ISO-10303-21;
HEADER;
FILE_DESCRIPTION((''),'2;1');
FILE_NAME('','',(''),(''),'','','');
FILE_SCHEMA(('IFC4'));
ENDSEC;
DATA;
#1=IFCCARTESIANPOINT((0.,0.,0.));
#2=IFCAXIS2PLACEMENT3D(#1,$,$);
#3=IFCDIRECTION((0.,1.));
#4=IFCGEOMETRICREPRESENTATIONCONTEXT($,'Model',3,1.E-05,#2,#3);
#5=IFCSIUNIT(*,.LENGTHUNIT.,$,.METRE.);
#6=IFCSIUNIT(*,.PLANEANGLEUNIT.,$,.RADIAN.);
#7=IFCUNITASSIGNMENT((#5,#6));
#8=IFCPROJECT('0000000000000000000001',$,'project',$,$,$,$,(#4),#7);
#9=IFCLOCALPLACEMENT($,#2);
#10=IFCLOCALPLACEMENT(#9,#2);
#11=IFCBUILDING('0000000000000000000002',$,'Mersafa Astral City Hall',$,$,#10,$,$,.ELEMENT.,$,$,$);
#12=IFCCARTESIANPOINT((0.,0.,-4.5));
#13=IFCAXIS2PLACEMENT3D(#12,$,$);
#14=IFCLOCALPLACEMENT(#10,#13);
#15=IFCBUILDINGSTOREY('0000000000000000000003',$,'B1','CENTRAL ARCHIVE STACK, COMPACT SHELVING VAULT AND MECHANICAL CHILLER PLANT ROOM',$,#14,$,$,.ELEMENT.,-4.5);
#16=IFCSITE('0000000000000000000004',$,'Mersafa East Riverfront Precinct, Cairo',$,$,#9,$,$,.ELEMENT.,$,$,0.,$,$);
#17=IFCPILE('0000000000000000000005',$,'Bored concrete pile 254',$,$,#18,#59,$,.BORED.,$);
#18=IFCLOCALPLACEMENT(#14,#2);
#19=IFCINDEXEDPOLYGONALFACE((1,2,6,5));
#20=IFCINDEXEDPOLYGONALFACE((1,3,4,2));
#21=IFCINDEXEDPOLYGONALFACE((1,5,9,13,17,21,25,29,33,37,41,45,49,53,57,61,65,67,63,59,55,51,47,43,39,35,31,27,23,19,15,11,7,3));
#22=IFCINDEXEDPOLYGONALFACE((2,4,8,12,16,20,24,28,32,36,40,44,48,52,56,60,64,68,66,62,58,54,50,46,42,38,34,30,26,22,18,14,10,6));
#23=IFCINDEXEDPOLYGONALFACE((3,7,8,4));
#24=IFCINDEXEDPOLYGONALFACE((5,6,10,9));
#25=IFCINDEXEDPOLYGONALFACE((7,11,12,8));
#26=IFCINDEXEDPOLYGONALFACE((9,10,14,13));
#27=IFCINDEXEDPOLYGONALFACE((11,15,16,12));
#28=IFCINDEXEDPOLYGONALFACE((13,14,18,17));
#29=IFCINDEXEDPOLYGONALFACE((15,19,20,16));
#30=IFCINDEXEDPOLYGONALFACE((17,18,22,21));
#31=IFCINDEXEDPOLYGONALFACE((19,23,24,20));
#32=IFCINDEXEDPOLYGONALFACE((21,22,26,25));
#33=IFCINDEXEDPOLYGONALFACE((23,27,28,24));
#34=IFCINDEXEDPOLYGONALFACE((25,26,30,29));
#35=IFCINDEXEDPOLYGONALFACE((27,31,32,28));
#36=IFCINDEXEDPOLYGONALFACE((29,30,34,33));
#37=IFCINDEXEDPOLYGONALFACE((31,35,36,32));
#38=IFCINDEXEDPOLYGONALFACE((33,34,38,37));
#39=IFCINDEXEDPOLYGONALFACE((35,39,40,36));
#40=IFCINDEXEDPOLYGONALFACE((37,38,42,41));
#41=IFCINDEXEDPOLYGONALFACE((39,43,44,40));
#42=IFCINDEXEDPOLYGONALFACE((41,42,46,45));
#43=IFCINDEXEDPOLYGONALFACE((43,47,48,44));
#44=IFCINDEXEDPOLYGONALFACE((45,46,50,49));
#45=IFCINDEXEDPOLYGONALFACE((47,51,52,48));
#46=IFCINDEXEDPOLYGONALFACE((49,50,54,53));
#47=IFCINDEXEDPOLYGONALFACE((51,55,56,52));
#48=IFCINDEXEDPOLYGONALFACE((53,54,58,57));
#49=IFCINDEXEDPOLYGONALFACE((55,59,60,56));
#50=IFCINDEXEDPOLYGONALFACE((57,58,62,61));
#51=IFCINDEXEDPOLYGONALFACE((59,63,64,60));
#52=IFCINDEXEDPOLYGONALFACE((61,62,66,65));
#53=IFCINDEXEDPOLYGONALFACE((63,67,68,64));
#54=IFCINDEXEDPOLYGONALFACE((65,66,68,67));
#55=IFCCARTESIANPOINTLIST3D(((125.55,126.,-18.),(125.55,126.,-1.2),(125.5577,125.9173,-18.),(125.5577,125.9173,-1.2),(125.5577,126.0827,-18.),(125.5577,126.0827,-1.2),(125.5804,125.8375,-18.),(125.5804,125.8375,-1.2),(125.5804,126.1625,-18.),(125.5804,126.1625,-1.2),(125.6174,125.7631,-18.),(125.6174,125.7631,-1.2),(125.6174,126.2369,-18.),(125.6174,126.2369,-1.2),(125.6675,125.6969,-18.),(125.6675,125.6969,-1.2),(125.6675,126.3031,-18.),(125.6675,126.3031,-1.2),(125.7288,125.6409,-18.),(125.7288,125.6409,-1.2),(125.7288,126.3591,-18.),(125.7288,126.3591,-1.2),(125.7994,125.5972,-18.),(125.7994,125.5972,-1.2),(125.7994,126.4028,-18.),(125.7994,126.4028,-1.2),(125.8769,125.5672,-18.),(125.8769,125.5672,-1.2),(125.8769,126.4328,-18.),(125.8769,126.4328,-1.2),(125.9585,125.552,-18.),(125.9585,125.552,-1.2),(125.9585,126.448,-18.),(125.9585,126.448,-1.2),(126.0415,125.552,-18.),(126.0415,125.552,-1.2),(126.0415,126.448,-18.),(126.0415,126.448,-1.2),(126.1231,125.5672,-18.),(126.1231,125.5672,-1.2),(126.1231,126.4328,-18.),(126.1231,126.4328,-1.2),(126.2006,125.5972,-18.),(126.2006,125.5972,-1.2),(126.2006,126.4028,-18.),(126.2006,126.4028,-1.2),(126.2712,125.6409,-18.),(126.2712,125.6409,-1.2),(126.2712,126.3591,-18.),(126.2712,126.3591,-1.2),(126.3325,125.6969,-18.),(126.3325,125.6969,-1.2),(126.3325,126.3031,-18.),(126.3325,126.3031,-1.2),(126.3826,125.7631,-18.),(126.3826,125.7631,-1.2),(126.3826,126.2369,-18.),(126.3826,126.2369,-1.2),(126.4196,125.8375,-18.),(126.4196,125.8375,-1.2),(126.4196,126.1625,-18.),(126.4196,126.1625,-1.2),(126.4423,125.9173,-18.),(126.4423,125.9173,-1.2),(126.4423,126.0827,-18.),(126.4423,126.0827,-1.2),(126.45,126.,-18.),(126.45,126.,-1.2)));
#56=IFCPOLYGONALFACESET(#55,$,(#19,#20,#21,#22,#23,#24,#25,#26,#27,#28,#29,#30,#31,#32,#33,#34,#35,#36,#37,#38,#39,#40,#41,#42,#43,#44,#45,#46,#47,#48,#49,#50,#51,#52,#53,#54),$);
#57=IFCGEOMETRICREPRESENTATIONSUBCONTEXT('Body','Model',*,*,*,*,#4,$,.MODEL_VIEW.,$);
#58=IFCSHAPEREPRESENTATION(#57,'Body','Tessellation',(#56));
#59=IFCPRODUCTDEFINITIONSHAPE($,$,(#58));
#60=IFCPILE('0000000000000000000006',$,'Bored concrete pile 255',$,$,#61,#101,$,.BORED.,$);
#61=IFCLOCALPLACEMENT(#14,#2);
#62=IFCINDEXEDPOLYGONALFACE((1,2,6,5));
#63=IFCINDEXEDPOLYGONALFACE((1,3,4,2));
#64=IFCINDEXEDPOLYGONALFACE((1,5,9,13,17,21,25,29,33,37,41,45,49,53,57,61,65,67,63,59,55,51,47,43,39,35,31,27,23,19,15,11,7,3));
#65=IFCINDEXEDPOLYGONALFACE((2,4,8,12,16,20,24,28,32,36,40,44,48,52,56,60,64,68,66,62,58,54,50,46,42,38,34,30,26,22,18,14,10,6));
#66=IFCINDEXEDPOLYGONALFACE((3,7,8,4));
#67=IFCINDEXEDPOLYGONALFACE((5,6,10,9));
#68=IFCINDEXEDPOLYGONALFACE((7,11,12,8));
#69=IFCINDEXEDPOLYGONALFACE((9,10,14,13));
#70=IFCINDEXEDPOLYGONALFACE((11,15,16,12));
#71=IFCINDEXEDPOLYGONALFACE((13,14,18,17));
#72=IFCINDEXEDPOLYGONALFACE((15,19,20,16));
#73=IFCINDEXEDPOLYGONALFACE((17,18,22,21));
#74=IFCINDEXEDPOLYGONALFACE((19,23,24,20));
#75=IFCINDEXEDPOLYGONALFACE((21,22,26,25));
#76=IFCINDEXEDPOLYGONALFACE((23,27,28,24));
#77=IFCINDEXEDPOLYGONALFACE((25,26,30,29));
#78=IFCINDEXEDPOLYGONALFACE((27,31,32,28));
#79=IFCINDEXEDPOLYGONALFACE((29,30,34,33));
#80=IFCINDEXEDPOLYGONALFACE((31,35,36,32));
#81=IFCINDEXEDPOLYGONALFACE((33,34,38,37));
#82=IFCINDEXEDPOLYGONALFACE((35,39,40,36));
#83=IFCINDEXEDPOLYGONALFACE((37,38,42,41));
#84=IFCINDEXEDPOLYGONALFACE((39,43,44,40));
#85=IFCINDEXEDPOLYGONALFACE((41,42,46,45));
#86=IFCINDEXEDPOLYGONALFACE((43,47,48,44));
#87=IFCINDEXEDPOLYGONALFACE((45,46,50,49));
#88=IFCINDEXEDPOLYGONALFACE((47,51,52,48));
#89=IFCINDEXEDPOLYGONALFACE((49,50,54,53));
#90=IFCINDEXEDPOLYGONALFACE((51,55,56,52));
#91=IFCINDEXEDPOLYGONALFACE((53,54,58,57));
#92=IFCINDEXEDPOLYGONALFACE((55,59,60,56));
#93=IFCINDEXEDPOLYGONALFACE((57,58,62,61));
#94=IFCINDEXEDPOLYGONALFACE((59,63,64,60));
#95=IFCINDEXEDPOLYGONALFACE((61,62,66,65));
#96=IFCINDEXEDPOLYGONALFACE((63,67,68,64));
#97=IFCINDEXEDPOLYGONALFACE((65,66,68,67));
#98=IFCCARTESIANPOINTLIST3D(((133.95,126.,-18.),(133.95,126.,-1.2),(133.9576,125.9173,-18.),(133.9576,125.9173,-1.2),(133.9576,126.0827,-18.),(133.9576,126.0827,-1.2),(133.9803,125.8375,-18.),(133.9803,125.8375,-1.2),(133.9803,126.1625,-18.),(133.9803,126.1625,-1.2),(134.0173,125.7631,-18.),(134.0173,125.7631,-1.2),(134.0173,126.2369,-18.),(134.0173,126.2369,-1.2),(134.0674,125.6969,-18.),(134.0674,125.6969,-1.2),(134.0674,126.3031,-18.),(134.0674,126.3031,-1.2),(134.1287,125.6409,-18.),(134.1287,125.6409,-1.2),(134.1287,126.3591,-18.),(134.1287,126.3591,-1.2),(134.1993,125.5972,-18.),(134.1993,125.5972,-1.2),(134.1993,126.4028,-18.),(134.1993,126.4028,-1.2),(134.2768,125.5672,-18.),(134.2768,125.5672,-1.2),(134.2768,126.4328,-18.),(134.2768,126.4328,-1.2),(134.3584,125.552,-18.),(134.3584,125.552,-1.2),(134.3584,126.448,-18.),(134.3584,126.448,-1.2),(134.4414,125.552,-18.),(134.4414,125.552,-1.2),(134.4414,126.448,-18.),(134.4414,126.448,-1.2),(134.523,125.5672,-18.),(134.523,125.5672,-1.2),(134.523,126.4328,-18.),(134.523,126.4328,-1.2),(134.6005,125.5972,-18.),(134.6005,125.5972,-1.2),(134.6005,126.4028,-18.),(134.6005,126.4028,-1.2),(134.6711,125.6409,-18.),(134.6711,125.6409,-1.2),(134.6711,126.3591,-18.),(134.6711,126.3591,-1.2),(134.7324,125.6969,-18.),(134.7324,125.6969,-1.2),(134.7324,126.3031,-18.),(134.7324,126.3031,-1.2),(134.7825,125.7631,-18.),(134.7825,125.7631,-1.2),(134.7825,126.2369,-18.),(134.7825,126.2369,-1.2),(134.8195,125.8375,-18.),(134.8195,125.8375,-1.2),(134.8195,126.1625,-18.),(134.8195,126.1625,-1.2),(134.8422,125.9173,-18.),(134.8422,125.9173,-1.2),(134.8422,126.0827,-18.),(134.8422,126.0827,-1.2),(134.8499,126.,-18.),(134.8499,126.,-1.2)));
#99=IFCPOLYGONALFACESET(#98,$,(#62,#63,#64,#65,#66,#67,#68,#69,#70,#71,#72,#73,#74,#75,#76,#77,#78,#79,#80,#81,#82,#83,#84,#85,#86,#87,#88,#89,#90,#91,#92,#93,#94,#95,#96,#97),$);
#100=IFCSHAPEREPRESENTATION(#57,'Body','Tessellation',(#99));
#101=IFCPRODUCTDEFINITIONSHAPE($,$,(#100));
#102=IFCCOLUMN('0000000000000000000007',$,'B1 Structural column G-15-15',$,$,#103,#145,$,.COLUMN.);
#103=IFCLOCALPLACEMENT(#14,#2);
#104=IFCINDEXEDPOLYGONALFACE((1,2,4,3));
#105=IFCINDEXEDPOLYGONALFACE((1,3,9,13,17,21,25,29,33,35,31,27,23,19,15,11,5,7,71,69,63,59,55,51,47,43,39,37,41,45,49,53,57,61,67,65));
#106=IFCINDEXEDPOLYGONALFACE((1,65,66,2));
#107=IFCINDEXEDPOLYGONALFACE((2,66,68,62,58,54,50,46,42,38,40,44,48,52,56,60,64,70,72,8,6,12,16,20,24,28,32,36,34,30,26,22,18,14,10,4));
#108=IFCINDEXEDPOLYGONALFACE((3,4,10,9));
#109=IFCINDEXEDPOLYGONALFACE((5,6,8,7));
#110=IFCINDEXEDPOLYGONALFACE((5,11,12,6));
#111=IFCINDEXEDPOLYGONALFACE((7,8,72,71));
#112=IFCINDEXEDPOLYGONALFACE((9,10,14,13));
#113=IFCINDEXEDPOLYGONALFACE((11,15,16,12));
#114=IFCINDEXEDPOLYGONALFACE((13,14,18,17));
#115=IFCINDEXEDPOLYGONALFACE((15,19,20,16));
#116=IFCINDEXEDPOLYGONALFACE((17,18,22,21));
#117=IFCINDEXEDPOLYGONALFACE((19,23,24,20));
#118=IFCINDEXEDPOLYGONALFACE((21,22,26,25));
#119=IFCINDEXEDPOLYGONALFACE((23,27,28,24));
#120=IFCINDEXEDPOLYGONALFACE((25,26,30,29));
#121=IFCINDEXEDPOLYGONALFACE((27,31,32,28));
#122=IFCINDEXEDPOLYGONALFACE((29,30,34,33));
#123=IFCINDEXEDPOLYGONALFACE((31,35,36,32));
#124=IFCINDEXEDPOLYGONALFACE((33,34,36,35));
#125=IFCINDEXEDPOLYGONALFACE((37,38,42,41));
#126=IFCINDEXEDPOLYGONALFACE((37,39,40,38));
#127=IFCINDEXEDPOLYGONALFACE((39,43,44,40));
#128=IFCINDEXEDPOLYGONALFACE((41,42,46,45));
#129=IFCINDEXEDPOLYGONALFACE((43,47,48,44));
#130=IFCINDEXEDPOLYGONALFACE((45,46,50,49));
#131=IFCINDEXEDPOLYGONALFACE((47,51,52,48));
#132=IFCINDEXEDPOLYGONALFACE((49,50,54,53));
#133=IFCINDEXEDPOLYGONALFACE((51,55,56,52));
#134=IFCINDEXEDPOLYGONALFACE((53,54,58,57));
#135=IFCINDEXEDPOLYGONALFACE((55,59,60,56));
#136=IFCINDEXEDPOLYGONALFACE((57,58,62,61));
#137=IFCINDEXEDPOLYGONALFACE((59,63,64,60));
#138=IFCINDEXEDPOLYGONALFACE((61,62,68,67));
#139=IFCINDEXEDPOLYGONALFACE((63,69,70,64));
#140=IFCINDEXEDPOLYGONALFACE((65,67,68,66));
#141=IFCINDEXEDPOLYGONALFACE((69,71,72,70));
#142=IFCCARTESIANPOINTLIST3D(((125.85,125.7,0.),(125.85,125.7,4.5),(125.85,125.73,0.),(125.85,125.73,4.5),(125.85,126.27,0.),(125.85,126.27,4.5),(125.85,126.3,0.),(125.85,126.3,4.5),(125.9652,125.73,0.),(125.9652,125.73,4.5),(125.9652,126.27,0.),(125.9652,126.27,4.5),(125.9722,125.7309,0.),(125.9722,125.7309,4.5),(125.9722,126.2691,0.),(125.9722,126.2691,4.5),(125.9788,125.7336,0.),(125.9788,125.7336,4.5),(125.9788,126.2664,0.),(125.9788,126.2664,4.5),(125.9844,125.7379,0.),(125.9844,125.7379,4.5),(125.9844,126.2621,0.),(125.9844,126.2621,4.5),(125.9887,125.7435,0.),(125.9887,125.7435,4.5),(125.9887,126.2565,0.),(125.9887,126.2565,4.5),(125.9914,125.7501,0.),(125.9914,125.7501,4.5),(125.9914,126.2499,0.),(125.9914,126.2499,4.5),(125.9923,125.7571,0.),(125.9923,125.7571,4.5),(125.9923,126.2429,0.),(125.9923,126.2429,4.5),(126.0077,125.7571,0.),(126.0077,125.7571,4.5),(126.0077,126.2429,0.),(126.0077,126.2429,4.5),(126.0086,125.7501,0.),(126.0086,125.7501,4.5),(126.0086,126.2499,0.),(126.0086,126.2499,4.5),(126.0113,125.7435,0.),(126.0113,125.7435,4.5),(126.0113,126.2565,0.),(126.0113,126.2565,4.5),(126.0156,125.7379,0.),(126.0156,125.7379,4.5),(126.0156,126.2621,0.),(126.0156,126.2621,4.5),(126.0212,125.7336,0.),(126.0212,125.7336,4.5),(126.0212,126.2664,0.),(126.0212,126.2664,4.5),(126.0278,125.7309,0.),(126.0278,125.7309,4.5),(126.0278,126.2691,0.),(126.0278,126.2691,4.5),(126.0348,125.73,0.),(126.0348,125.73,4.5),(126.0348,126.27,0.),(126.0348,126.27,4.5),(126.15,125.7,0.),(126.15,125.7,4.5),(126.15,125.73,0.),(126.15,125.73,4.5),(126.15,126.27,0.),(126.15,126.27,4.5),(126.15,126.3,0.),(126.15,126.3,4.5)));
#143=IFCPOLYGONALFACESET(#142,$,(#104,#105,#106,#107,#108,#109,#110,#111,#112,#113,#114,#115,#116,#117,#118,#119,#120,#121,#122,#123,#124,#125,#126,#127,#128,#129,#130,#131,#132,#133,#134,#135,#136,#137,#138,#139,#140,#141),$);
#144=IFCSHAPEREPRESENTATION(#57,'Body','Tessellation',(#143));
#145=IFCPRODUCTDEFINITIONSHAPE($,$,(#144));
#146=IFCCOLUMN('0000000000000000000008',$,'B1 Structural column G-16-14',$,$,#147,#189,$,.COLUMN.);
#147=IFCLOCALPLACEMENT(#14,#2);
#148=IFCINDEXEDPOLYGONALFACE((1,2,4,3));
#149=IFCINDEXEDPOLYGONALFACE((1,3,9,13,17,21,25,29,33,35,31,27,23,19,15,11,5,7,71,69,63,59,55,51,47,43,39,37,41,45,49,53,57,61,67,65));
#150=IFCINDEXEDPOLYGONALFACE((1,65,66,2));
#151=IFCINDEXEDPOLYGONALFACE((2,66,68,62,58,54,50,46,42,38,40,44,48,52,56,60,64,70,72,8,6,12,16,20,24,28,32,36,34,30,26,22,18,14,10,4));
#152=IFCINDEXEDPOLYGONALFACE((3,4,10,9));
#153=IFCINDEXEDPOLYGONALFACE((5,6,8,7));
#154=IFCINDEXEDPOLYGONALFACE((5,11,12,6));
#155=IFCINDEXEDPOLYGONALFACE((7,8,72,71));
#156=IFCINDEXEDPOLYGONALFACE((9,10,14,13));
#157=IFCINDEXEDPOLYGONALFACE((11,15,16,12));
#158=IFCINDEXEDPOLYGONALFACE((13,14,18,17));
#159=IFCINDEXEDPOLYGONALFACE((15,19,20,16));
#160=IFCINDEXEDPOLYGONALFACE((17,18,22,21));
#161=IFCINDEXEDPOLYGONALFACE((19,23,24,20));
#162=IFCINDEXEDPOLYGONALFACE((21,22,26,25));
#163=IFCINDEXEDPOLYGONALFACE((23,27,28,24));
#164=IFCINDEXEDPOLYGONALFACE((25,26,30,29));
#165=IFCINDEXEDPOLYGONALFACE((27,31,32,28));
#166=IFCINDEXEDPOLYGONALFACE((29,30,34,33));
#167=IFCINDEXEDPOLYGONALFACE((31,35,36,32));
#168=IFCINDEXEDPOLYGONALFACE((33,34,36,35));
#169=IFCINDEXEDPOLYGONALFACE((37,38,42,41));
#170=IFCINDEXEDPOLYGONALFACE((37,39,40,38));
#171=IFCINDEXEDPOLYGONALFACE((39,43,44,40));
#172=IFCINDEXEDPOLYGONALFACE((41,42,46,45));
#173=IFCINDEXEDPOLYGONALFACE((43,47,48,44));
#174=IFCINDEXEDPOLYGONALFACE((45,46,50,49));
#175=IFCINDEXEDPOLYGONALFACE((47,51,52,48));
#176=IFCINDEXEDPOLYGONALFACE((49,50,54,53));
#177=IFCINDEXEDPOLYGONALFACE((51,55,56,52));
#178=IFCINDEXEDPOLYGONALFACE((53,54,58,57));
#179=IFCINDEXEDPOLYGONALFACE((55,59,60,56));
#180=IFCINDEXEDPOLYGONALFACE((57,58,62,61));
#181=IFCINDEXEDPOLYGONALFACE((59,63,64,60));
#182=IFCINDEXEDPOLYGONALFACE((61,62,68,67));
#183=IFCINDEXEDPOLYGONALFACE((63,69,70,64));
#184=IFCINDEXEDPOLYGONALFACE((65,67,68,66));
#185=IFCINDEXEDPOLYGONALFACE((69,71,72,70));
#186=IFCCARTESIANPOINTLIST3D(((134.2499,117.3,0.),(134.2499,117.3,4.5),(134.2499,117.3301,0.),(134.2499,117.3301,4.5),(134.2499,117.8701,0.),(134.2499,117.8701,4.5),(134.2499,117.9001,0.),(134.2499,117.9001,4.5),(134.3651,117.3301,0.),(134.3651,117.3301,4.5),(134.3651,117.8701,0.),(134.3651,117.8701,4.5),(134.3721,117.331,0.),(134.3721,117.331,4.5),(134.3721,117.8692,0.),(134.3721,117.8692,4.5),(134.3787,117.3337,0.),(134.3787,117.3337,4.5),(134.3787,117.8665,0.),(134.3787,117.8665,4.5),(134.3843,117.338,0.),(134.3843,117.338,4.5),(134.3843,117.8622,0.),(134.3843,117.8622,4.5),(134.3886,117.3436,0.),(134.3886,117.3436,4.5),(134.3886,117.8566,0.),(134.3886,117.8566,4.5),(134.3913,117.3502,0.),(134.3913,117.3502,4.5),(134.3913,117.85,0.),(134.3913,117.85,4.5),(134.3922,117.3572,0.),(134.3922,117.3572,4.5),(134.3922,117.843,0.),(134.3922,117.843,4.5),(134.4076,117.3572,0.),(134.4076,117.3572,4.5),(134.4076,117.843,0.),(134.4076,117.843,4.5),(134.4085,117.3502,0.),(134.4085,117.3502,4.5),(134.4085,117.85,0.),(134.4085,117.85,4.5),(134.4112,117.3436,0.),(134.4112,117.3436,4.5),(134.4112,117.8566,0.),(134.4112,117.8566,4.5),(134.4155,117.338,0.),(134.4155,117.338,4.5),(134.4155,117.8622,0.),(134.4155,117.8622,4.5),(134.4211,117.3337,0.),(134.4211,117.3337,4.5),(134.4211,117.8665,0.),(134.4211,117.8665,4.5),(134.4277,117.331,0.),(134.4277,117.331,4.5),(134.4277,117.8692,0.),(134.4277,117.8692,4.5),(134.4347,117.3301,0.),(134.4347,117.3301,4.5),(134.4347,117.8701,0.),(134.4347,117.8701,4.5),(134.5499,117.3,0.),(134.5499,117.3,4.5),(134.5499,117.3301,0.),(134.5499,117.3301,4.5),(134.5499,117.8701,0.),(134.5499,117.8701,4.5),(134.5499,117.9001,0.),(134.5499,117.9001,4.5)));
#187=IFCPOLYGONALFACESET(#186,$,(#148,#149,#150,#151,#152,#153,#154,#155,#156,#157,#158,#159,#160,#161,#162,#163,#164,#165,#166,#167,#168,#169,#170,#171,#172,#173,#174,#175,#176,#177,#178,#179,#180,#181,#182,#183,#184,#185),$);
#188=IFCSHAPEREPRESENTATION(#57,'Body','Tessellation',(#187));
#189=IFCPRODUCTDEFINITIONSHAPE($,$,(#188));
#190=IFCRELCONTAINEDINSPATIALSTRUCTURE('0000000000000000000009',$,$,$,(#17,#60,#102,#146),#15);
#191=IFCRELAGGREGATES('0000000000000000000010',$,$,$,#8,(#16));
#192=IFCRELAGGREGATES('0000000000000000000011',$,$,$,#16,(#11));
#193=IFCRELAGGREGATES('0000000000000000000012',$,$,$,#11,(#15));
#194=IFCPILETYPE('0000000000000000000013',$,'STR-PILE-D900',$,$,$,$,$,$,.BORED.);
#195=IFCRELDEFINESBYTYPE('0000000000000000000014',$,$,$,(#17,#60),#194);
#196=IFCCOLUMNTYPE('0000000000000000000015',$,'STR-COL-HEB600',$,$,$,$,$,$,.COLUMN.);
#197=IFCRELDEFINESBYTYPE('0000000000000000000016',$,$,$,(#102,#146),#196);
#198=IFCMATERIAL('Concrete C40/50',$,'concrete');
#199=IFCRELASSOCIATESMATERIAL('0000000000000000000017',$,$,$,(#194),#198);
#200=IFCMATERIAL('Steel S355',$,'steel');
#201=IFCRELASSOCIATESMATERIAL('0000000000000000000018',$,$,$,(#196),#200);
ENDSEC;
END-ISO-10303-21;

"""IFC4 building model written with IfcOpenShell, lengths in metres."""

from ifc_helpers import new_model, si_unit, direction, frame, origin, origin_2d, place, context, subcontext, project, spatial, circle, i_section, extrude, material, material_profile, profile_set, type_object, element, save


model = new_model("IFC4")

# Units and contexts
model_context = context("Model", 3, precision=1e-05, world=origin(), true_north=direction((0.0, 1.0)))
body_context = subcontext(model_context, "Body", "Model", "MODEL_VIEW")
ifc_project = project(units=[si_unit("LENGTHUNIT", "METRE"), si_unit("PLANEANGLEUNIT", "RADIAN")], contexts=[model_context])

# Site, building, storey
site_placement = place(None, origin())
site = spatial("IfcSite", under=ifc_project, at=site_placement, Name="Mersafa East Riverfront Precinct, Cairo", CompositionType="ELEMENT", RefElevation=0.0)
building_placement = place(site_placement, origin())
building = spatial("IfcBuilding", under=site, at=building_placement, Name="Mersafa Astral City Hall", CompositionType="ELEMENT")
storey_placement = place(building_placement, frame((0.0, 0.0, -4.5)))
storey = spatial("IfcBuildingStorey", under=building, at=storey_placement, Name="B1", Description="CENTRAL ARCHIVE STACK, COMPACT SHELVING VAULT AND MECHANICAL CHILLER PLANT ROOM", CompositionType="ELEMENT", Elevation=-4.5)

# Shared definitions
ifc_material_1 = material(Name="Concrete C40/50", Category="concrete")

# Piles
ifc_material_profile_1 = material_profile(ifc_material_1, circle(Radius=0.45, at=origin_2d()), Name="PILE D900")
ifc_profile_set_1 = profile_set([ifc_material_profile_1], Name="Concrete C40/50")
pile_type = type_object("IfcPileType", Name="STR-PILE-D900", PredefinedType="BORED", material=ifc_profile_set_1)
for number, where, z_axis, x_axis, name in (
    (1, (126.0, 126.0, -1.2), (0.0, 0.0, -1.0), (1.0, 0.0, 0.0), "Bored concrete pile 254"),
    (2, (134.3999, 126.0, -1.2), (0.0, 0.0, -1.0), (1.0, 0.0, 0.0), "Bored concrete pile 255"),
):
    element("IfcPile", number, at=place(storey_placement, frame(where, z_axis=z_axis, x_axis=x_axis)), inside=storey, type_object=pile_type, Name=name, PredefinedType="BORED", context=body_context, shape_type="SweptSolid", body=[
        extrude(circle(Radius=0.45, at=origin_2d()), origin(), (0.0, 0.0, 1.0), 16.8),
    ])

# Columns
ifc_material_2 = material(Name="Steel S355", Category="steel")
ifc_material_profile_2 = material_profile(ifc_material_2, i_section(OverallWidth=0.3, OverallDepth=0.6001, WebThickness=0.0154, FlangeThickness=0.03, FilletRadius=0.0271, at=origin_2d()), Name="HEB 600")
ifc_profile_set_2 = profile_set([ifc_material_profile_2], Name="Steel S355")
column_type = type_object("IfcColumnType", Name="STR-COL-HEB600", PredefinedType="COLUMN", material=ifc_profile_set_2)
for number, where, z_axis, x_axis, name in (
    (3, (126.0, 126.0, 0.0), (0.0, 0.0, 1.0), (1.0, 0.0, 0.0), "B1 Structural column G-15-15"),
    (4, (134.3999, 117.6001, 0.0), (0.0, 0.0, 1.0), (1.0, 0.0, 0.0), "B1 Structural column G-16-14"),
):
    element("IfcColumn", number, at=place(storey_placement, frame(where, z_axis=z_axis, x_axis=x_axis)), inside=storey, type_object=column_type, Name=name, PredefinedType="COLUMN", context=body_context, shape_type="SweptSolid", body=[
        extrude(i_section(OverallWidth=0.3, OverallDepth=0.6001, WebThickness=0.0154, FlangeThickness=0.03, FilletRadius=0.0271, at=origin_2d()), origin(), (0.0, 0.0, 1.0), 4.5),
    ])

save(model, "model.ifc")
